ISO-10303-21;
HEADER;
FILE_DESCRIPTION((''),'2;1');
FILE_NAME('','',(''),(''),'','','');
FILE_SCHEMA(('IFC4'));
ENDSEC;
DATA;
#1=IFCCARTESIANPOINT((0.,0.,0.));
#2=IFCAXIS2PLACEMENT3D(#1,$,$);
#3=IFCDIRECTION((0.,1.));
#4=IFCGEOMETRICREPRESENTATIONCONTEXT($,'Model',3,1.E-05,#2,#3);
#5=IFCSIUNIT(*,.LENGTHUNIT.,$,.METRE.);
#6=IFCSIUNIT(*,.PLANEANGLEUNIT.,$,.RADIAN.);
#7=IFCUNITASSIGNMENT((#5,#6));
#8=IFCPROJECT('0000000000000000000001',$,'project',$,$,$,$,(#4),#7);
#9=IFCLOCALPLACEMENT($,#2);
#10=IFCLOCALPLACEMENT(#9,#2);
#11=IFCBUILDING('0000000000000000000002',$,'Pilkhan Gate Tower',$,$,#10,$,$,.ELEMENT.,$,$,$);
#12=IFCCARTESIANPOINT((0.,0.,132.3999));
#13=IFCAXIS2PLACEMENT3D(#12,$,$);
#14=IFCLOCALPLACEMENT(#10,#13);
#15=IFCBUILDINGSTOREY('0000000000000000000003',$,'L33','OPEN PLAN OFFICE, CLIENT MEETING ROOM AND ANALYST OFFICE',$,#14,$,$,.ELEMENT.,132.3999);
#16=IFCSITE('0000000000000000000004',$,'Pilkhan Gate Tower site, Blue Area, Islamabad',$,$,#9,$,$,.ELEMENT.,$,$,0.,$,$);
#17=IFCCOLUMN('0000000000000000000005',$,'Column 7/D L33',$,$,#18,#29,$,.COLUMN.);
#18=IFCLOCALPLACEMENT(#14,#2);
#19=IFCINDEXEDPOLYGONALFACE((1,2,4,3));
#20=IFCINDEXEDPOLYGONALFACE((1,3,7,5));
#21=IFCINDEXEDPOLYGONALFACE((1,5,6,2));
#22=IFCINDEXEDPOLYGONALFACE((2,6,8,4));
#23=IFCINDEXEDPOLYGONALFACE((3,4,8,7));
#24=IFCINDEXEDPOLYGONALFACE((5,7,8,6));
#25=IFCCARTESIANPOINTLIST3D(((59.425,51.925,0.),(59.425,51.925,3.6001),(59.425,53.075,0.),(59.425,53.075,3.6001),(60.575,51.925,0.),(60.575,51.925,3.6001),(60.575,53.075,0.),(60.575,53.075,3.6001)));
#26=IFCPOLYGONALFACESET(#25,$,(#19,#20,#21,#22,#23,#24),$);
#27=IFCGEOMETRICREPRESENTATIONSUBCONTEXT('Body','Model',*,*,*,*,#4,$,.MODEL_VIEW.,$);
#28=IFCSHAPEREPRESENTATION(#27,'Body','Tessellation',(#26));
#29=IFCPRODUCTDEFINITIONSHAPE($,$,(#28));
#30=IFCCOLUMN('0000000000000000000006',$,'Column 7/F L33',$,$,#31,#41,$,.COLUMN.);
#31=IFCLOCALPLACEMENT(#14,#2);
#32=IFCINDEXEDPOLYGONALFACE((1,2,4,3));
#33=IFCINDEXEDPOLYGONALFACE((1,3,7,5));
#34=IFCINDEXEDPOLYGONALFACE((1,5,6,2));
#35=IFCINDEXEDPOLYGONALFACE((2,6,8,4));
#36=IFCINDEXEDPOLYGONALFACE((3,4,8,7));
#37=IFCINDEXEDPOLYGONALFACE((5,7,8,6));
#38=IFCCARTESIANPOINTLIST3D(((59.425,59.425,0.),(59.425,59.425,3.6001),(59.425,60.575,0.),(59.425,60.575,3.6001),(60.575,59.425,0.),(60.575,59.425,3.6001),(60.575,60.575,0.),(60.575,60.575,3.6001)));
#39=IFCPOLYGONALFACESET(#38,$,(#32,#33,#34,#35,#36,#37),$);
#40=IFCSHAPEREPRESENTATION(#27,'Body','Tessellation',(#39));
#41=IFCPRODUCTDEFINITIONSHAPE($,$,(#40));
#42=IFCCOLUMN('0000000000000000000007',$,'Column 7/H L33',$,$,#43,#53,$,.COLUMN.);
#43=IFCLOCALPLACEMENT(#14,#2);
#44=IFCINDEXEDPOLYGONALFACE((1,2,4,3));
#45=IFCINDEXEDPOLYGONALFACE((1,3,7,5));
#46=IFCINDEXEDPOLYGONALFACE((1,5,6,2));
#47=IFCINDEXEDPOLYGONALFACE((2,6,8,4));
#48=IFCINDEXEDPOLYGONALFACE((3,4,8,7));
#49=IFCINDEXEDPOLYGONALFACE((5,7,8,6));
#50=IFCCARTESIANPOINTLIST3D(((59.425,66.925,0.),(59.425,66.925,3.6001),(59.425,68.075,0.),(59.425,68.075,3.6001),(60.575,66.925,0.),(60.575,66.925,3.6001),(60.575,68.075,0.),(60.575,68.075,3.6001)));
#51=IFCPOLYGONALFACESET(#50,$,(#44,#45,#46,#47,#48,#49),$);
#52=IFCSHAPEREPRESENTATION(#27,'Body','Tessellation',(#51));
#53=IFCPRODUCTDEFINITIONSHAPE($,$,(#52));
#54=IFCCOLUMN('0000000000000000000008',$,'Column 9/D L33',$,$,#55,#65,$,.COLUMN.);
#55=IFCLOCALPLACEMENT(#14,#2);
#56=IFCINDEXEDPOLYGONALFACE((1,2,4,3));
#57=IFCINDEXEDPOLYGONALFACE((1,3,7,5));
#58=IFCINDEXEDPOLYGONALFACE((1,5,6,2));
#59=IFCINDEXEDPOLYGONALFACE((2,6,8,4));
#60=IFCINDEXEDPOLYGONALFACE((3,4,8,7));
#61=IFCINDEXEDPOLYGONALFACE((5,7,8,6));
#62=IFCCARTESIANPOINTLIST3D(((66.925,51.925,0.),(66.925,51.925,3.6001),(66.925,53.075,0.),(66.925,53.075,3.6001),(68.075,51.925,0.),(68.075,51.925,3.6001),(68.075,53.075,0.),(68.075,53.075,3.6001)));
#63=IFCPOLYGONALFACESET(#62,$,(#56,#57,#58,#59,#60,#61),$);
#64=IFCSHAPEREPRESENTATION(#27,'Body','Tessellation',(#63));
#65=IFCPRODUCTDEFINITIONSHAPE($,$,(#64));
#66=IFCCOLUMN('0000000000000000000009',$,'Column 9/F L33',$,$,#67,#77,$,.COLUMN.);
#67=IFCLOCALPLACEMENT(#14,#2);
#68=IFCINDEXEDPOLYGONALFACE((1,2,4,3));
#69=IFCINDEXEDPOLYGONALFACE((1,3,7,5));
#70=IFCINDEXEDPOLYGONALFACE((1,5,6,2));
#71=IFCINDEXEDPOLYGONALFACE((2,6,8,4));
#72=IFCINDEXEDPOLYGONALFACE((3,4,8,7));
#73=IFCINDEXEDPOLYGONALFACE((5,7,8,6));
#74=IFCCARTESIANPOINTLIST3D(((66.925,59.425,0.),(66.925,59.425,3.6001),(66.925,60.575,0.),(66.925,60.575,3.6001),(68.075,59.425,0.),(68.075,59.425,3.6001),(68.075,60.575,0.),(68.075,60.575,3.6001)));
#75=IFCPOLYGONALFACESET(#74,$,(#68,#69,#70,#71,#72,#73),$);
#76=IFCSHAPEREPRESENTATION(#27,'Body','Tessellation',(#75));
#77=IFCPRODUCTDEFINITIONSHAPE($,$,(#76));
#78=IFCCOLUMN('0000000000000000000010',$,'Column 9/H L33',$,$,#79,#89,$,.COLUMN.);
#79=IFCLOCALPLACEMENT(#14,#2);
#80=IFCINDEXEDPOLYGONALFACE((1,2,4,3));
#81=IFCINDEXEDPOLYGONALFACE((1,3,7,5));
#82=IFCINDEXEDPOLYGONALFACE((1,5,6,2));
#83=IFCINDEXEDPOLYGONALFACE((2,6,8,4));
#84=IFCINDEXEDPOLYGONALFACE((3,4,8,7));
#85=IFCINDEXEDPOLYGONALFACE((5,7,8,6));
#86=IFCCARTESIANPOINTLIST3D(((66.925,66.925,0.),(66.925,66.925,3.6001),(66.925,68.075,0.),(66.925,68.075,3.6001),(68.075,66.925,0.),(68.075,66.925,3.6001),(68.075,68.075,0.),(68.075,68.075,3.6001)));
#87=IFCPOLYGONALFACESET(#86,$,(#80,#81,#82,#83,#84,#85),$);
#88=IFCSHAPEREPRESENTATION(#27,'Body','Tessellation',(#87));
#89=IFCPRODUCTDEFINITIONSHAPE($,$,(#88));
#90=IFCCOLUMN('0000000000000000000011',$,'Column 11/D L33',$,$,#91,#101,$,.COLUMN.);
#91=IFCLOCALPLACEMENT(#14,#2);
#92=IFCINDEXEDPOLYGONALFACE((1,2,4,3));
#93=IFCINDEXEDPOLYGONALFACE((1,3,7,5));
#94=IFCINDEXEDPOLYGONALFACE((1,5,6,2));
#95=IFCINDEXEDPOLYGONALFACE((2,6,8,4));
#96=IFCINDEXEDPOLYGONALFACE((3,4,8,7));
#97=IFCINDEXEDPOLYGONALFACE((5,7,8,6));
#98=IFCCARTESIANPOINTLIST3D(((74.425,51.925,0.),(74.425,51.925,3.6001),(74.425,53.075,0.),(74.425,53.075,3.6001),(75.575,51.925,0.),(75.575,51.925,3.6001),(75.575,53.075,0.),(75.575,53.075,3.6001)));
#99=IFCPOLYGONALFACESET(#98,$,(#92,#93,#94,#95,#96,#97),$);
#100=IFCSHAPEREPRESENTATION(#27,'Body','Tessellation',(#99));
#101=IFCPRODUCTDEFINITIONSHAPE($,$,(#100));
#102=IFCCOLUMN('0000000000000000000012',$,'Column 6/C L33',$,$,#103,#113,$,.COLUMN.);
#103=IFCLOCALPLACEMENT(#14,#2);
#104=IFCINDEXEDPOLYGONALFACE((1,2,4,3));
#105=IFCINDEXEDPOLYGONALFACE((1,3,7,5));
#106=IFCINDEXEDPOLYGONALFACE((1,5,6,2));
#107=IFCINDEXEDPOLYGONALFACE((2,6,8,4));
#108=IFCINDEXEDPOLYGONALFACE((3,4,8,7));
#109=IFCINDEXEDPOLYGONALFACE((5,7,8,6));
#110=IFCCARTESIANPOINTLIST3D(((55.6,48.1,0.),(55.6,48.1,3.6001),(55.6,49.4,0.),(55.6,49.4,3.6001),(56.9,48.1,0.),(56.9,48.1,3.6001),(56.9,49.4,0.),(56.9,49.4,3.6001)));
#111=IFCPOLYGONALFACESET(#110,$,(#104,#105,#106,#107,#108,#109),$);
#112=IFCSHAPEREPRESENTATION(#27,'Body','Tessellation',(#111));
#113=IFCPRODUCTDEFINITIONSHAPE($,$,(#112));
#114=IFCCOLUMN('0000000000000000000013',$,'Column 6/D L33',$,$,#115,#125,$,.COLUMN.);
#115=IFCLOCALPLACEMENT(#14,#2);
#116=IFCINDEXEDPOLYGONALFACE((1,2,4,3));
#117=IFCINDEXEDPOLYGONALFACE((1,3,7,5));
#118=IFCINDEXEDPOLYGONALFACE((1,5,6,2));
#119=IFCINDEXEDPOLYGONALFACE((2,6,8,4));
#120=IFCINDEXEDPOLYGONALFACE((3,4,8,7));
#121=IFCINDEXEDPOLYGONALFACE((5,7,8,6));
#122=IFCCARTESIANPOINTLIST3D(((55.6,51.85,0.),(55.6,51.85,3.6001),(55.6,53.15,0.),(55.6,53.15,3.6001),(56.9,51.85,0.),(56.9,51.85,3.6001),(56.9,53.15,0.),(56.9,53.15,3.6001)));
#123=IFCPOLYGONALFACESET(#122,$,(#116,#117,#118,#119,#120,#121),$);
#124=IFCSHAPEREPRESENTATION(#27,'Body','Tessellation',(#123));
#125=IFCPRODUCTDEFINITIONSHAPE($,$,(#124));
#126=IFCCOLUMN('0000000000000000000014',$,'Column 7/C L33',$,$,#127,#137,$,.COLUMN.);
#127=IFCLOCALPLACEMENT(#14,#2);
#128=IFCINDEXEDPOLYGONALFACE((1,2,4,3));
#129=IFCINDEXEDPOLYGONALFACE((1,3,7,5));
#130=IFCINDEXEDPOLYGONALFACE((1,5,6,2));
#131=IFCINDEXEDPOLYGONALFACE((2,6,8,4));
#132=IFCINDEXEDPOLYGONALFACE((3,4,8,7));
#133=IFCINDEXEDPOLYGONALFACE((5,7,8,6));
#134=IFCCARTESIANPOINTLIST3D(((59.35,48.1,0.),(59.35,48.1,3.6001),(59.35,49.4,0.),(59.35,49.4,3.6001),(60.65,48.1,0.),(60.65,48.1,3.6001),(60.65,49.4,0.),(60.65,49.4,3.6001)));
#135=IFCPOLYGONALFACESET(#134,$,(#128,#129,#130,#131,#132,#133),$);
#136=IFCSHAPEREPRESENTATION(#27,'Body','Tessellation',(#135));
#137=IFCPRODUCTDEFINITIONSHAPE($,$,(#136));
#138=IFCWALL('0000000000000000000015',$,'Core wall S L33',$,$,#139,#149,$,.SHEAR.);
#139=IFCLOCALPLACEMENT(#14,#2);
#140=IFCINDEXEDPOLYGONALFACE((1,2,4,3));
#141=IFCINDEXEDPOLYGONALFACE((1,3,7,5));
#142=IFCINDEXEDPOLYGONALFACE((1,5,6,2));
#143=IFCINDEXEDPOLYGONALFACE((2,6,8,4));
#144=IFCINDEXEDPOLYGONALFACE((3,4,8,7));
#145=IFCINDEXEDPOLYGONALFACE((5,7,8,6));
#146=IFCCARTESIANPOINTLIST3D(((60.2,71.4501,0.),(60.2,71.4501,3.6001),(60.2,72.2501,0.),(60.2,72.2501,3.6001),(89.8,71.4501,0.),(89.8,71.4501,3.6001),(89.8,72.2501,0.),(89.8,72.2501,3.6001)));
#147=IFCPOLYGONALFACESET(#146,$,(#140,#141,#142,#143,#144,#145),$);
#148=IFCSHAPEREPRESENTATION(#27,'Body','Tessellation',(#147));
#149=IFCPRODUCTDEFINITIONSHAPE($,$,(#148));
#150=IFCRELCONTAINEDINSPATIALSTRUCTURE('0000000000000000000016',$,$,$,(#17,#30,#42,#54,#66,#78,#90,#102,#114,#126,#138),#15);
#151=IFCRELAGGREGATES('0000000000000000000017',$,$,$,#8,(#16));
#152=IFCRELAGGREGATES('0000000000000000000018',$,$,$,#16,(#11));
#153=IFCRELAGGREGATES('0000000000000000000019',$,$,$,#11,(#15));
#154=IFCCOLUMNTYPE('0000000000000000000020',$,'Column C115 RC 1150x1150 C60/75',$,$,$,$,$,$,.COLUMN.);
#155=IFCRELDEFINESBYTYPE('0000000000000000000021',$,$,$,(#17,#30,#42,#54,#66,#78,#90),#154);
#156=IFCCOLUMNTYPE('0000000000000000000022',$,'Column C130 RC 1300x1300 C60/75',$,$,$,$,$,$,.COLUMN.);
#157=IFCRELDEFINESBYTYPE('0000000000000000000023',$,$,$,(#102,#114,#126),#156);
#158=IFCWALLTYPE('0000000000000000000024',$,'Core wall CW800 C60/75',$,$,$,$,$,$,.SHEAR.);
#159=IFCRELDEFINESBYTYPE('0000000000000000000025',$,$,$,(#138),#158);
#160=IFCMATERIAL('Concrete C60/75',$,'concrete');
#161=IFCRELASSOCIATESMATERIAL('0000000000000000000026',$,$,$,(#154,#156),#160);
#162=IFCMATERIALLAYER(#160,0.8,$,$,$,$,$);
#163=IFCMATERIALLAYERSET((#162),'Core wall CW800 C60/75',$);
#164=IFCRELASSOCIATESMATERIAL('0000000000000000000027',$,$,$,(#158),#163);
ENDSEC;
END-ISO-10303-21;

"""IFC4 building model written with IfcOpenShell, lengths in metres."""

from ifc_helpers import new_model, si_unit, direction, frame, frame_2d, origin, origin_2d, place, context, subcontext, project, spatial, rectangle, extrude, material, layer, layer_set, material_profile, profile_set, type_object, element, save


model = new_model("IFC4")

# Units and contexts
model_context = context("Model", 3, precision=1e-05, world=origin(), true_north=direction((0.0, 1.0)))
body_context = subcontext(model_context, "Body", "Model", "MODEL_VIEW")
ifc_project = project(units=[si_unit("LENGTHUNIT", "METRE"), si_unit("PLANEANGLEUNIT", "RADIAN")], contexts=[model_context])

# Site, building, storey
site_placement = place(None, origin())
site = spatial("IfcSite", under=ifc_project, at=site_placement, Name="Pilkhan Gate Tower site, Blue Area, Islamabad", CompositionType="ELEMENT", RefElevation=0.0)
building_placement = place(site_placement, origin())
building = spatial("IfcBuilding", under=site, at=building_placement, Name="Pilkhan Gate Tower", CompositionType="ELEMENT")
storey_placement = place(building_placement, frame((0.0, 0.0, 132.3999)))
storey = spatial("IfcBuildingStorey", under=building, at=storey_placement, Name="L33", Description="OPEN PLAN OFFICE, CLIENT MEETING ROOM AND ANALYST OFFICE", CompositionType="ELEMENT", Elevation=132.3999)

# Columns
ifc_material_1 = material(Name="Concrete C60/75", Category="concrete")
ifc_material_profile_1 = material_profile(ifc_material_1, rectangle(XDim=1.1499, YDim=1.1499, at=origin_2d()), Name="RC 1150x1150")
ifc_profile_set_1 = profile_set([ifc_material_profile_1], Name="Concrete C60/75")
column_type_1 = type_object("IfcColumnType", Name="Column C115 RC 1150x1150 C60/75", PredefinedType="COLUMN", material=ifc_profile_set_1)
for number, where, z_axis, x_axis, name in (
    (1, (60.0, 52.5, 0.0), (0.0, 0.0, 1.0), (1.0, 0.0, 0.0), "Column 7/D L33"),
    (2, (60.0, 60.0, 0.0), (0.0, 0.0, 1.0), (1.0, 0.0, 0.0), "Column 7/F L33"),
    (3, (60.0, 67.5, 0.0), (0.0, 0.0, 1.0), (1.0, 0.0, 0.0), "Column 7/H L33"),
    (4, (67.5, 52.5, 0.0), (0.0, 0.0, 1.0), (1.0, 0.0, 0.0), "Column 9/D L33"),
    (5, (67.5, 60.0, 0.0), (0.0, 0.0, 1.0), (1.0, 0.0, 0.0), "Column 9/F L33"),
    (6, (67.5, 67.5, 0.0), (0.0, 0.0, 1.0), (1.0, 0.0, 0.0), "Column 9/H L33"),
    (7, (75.0, 52.5, 0.0), (0.0, 0.0, 1.0), (1.0, 0.0, 0.0), "Column 11/D L33"),
):
    element("IfcColumn", number, at=place(storey_placement, frame(where, z_axis=z_axis, x_axis=x_axis)), inside=storey, type_object=column_type_1, Name=name, PredefinedType="COLUMN", context=body_context, shape_type="SweptSolid", body=[
        extrude(rectangle(XDim=1.1499, YDim=1.1499, at=origin_2d()), origin(), (0.0, 0.0, 1.0), 3.6001),
    ])
ifc_material_profile_2 = material_profile(ifc_material_1, rectangle(XDim=1.3, YDim=1.3, at=origin_2d()), Name="RC 1300x1300")
ifc_profile_set_2 = profile_set([ifc_material_profile_2], Name="Concrete C60/75")
column_type_2 = type_object("IfcColumnType", Name="Column C130 RC 1300x1300 C60/75", PredefinedType="COLUMN", material=ifc_profile_set_2)
for number, where, z_axis, x_axis, name in (
    (8, (56.25, 48.75, 0.0), (0.0, 0.0, 1.0), (1.0, 0.0, 0.0), "Column 6/C L33"),
    (9, (56.25, 52.5, 0.0), (0.0, 0.0, 1.0), (1.0, 0.0, 0.0), "Column 6/D L33"),
    (10, (60.0, 48.75, 0.0), (0.0, 0.0, 1.0), (1.0, 0.0, 0.0), "Column 7/C L33"),
):
    element("IfcColumn", number, at=place(storey_placement, frame(where, z_axis=z_axis, x_axis=x_axis)), inside=storey, type_object=column_type_2, Name=name, PredefinedType="COLUMN", context=body_context, shape_type="SweptSolid", body=[
        extrude(rectangle(XDim=1.3, YDim=1.3, at=origin_2d()), origin(), (0.0, 0.0, 1.0), 3.6001),
    ])

# Wall
ifc_layer_1 = layer(ifc_material_1, 0.8)
ifc_layer_set_1 = layer_set([ifc_layer_1], Name="Core wall CW800 C60/75")
wall_type_1 = type_object("IfcWallType", Name="Core wall CW800 C60/75", PredefinedType="SHEAR", material=ifc_layer_set_1)
wall_1_placement = place(storey_placement, frame((60.2, 71.8501, 0.0), z_axis=(0.0, 0.0, 1.0), x_axis=(1.0, 0.0, 0.0)))
element("IfcWall", 11, at=wall_1_placement, inside=storey, type_object=wall_type_1, Name="Core wall S L33", PredefinedType="SHEAR", context=body_context, shape_type="SweptSolid", body=[
    extrude(rectangle(XDim=29.6001, YDim=0.8, at=frame_2d((14.8, 0.0))), origin(), (0.0, 0.0, 1.0), 3.6001),
])

save(model, "model.ifc")
